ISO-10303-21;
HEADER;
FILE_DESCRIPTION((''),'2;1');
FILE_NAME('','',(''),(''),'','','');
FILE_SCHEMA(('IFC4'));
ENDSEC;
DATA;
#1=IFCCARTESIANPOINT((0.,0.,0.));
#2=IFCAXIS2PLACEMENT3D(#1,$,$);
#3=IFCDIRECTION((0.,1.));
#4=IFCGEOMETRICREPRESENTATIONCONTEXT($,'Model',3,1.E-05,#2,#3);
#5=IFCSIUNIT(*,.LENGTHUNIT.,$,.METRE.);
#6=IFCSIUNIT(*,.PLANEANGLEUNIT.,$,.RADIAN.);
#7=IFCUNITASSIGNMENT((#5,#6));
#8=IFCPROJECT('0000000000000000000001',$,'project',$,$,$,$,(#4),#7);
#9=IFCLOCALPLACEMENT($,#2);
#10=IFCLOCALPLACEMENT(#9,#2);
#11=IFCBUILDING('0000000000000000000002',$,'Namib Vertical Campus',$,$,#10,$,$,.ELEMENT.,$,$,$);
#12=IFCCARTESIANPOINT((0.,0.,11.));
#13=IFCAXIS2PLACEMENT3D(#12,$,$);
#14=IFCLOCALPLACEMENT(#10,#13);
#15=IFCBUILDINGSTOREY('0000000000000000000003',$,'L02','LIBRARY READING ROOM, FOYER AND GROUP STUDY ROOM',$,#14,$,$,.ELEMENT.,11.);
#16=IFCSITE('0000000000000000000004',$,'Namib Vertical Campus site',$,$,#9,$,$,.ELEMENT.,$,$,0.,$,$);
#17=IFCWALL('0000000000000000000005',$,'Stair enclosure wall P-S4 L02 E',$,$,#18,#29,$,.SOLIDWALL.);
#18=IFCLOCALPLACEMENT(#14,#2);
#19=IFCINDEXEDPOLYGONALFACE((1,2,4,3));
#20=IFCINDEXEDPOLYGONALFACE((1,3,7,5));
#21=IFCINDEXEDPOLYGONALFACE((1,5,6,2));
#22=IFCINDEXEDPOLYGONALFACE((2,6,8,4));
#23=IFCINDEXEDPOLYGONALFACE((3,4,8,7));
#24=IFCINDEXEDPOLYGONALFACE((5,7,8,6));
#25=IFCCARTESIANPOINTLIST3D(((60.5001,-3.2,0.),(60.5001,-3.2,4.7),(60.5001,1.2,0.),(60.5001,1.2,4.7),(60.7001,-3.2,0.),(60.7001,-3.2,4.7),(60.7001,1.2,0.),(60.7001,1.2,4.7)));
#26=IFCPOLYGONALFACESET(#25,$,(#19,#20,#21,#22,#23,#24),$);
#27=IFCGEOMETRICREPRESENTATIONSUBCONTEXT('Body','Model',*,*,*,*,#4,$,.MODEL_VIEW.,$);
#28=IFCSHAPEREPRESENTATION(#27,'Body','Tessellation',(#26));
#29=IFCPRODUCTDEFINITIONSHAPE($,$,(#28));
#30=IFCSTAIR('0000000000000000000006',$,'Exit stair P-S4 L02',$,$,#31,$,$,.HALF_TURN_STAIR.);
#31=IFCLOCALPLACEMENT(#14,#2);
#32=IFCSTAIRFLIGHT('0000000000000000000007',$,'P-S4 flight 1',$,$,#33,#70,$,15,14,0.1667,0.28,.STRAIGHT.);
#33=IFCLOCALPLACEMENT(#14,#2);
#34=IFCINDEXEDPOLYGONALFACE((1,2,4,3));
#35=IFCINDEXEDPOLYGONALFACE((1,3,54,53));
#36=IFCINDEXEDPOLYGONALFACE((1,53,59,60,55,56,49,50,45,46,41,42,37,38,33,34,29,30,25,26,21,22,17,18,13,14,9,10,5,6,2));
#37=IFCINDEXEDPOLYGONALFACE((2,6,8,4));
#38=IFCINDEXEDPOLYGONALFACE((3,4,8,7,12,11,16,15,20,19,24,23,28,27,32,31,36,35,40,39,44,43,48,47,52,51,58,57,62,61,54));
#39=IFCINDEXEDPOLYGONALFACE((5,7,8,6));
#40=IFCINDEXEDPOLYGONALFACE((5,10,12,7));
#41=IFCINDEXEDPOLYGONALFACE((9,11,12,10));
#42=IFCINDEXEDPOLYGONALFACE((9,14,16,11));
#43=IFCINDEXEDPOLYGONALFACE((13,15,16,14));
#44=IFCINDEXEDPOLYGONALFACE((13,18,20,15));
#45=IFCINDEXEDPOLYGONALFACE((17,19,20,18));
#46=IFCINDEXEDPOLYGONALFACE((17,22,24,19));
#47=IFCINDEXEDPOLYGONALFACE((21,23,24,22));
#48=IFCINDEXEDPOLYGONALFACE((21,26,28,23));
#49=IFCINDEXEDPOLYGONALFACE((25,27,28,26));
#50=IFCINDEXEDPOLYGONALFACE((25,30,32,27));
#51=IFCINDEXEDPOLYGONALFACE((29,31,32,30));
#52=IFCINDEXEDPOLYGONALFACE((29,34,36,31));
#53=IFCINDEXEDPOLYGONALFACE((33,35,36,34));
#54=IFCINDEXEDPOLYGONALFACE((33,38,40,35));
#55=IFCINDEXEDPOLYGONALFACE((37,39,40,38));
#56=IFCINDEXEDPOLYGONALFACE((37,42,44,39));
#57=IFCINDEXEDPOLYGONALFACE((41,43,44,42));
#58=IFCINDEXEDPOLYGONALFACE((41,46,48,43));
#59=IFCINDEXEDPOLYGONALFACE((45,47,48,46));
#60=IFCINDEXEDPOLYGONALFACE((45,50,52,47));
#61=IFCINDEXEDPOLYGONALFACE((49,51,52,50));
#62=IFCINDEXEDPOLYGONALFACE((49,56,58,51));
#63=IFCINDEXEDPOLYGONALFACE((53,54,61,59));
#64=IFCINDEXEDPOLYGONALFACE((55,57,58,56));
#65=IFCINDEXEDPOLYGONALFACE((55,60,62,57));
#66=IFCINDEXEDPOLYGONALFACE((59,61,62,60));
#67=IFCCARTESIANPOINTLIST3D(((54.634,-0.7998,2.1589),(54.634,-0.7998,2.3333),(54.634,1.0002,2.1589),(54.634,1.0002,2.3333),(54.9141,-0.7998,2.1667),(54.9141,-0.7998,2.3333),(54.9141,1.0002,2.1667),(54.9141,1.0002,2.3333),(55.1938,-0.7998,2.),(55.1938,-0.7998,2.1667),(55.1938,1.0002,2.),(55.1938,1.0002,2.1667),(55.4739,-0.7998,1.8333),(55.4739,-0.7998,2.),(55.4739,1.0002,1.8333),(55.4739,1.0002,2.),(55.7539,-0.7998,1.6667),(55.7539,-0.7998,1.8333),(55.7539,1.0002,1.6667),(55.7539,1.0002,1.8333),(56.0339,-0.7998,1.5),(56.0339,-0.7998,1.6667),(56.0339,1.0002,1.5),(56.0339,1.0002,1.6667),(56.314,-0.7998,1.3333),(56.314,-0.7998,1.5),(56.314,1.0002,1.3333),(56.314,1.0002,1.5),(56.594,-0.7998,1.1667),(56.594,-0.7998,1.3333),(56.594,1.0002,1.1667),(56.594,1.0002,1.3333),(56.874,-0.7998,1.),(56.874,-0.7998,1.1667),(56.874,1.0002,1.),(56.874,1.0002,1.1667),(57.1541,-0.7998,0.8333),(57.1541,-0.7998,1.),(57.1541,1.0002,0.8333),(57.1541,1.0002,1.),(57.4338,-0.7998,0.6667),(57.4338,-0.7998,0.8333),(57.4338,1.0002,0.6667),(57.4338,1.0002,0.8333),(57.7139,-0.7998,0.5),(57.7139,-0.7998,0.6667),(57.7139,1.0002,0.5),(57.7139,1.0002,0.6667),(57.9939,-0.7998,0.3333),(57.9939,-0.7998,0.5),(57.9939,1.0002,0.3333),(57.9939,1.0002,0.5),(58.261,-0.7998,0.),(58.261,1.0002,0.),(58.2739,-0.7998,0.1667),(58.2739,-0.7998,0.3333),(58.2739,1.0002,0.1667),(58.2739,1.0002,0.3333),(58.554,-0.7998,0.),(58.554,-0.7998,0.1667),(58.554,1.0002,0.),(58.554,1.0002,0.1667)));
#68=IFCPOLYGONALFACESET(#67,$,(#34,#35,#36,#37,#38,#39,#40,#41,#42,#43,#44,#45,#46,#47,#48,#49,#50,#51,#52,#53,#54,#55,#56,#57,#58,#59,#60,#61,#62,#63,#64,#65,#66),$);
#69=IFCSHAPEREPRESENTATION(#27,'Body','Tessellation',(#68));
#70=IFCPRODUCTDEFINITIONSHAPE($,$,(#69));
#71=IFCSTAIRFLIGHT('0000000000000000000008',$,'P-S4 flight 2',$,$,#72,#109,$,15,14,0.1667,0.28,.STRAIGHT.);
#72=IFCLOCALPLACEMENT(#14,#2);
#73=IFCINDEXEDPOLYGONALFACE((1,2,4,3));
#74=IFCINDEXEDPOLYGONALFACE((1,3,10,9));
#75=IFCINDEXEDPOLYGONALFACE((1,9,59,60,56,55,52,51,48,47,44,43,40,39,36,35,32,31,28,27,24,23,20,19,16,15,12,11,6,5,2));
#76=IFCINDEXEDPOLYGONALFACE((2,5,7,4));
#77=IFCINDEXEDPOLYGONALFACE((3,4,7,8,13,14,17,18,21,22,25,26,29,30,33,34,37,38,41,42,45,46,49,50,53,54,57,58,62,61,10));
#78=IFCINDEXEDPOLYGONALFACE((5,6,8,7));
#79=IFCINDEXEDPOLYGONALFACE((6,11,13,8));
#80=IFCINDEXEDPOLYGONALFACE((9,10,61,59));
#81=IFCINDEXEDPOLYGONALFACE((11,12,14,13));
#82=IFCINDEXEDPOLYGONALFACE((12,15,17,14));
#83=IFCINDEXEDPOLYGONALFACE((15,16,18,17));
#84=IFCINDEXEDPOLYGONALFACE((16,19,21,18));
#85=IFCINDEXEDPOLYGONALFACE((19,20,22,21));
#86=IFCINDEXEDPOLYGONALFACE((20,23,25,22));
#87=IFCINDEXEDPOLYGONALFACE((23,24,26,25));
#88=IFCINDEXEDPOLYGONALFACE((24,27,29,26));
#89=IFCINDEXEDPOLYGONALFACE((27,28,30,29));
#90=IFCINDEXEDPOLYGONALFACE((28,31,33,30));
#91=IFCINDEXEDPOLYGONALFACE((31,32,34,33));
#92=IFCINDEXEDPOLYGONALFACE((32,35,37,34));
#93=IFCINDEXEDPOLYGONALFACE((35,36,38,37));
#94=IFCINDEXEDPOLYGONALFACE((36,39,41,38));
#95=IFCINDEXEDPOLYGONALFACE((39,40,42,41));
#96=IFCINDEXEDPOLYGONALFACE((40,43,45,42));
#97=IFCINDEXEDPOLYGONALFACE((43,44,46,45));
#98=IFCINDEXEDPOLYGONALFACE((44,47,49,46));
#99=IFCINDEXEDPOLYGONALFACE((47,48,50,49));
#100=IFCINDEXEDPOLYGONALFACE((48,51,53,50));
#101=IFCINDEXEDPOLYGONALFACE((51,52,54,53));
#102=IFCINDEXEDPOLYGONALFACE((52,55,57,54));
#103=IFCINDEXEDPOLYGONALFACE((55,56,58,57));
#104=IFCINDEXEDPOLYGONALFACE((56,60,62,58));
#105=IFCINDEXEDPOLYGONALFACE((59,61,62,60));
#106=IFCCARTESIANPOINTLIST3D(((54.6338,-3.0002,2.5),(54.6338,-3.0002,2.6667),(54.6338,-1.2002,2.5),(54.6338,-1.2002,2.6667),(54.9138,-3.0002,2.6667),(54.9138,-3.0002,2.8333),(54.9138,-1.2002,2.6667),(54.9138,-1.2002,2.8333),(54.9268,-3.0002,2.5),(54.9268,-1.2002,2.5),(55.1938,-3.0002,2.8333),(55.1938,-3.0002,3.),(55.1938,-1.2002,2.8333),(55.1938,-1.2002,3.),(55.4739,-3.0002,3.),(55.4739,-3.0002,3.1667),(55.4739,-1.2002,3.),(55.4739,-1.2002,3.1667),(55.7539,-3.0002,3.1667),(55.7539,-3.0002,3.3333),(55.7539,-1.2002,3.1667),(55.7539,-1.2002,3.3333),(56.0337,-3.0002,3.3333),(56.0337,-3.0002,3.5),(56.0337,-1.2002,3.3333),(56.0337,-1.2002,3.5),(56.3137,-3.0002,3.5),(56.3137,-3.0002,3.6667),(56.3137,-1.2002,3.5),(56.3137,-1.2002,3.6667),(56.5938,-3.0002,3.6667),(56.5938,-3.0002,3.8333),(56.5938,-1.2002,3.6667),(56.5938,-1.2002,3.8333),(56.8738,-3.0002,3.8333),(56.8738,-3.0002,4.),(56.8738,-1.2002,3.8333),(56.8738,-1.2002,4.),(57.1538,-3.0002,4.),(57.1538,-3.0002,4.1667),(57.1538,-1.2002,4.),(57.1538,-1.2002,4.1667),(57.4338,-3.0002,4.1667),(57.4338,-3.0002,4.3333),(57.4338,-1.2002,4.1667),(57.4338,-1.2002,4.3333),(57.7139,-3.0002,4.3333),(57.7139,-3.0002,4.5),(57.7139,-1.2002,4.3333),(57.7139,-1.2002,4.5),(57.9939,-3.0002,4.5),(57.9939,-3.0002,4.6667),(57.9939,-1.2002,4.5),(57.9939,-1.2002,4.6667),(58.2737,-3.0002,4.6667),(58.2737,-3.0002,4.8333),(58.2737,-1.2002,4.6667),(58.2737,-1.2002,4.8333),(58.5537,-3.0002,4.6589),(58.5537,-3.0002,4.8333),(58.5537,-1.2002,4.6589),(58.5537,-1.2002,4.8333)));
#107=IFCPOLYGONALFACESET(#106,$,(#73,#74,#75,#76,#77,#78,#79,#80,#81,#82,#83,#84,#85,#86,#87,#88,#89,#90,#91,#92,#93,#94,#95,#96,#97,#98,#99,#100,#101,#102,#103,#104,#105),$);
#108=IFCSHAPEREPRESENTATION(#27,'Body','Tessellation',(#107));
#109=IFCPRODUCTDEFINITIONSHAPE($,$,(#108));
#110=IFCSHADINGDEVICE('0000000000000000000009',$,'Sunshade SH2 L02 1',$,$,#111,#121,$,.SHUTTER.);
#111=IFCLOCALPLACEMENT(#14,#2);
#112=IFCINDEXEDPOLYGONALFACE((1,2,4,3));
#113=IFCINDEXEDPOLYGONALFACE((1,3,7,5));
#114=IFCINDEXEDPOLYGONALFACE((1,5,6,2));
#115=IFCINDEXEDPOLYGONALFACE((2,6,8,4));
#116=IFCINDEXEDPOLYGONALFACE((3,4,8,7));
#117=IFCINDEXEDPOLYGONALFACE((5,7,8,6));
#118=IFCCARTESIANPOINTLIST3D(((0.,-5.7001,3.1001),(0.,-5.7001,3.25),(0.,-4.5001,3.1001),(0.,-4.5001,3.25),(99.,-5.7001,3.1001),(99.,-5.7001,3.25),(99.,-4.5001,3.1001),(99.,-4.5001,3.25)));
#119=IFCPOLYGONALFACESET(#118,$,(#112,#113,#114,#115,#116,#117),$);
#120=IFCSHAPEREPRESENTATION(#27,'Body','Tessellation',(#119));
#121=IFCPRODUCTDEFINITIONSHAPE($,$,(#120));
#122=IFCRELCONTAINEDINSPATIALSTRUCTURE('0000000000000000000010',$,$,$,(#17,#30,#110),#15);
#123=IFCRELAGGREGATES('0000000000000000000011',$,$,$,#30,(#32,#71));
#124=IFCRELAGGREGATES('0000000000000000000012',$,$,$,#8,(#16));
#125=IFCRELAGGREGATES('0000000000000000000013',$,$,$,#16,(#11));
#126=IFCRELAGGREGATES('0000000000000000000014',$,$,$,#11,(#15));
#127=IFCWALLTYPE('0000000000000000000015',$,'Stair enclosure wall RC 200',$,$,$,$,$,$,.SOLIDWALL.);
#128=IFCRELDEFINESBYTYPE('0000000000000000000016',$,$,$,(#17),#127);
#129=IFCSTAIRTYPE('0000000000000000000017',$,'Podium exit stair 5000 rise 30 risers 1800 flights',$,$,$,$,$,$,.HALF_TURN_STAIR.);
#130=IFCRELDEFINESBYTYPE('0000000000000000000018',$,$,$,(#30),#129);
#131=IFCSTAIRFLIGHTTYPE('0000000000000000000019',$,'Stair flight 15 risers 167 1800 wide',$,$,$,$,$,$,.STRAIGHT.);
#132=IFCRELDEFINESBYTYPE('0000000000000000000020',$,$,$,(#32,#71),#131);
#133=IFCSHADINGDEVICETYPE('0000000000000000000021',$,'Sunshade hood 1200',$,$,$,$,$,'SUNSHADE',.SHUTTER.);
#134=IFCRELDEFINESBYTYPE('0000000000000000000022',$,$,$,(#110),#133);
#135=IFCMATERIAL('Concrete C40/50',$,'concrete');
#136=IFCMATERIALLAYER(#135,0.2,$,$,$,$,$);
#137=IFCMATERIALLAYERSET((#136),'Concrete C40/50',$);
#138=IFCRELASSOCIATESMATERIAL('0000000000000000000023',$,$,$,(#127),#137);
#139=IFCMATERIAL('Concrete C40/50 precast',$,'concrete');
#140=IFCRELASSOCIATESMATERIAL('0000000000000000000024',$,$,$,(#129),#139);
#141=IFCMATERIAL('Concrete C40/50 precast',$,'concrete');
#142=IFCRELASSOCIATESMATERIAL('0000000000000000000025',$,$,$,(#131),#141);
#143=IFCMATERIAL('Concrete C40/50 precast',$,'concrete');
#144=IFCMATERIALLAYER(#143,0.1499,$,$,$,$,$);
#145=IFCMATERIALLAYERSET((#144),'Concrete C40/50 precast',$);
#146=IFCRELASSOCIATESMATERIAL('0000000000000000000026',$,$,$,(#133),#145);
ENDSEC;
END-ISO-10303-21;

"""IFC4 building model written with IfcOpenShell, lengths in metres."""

from ifc_helpers import new_model, si_unit, direction, frame, frame_2d, origin, origin_2d, place, context, subcontext, project, spatial, polyline, rectangle, outline, extrude, material, layer, layer_set, type_object, element, aggregate, save


model = new_model("IFC4")

# Units and contexts
model_context = context("Model", 3, precision=1e-05, world=origin(), true_north=direction((0.0, 1.0)))
body_context = subcontext(model_context, "Body", "Model", "MODEL_VIEW")
ifc_project = project(units=[si_unit("LENGTHUNIT", "METRE"), si_unit("PLANEANGLEUNIT", "RADIAN")], contexts=[model_context])

# Site, building, storey
site_placement = place(None, origin())
site = spatial("IfcSite", under=ifc_project, at=site_placement, Name="Namib Vertical Campus site", CompositionType="ELEMENT", RefElevation=0.0)
building_placement = place(site_placement, origin())
building = spatial("IfcBuilding", under=site, at=building_placement, Name="Namib Vertical Campus", CompositionType="ELEMENT")
storey_placement = place(building_placement, frame((0.0, 0.0, 11.0)))
storey = spatial("IfcBuildingStorey", under=building, at=storey_placement, Name="L02", Description="LIBRARY READING ROOM, FOYER AND GROUP STUDY ROOM", CompositionType="ELEMENT", Elevation=11.0)

# Shared definitions
ifc_material_1 = material(Name="Concrete C40/50", Category="concrete")
ifc_layer_1 = layer(ifc_material_1, 0.2)
ifc_layer_set_1 = layer_set([ifc_layer_1], Name="Concrete C40/50")
wall_type_1 = type_object("IfcWallType", Name="Stair enclosure wall RC 200", PredefinedType="SOLIDWALL", material=ifc_layer_set_1)

# Wall
for number, where, z_axis, x_axis, name in (
    (1, (60.6001, -3.2, 0.0), (0.0, 0.0, 1.0), (0.0, 1.0, 0.0), "Stair enclosure wall P-S4 L02 E"),
):
    element("IfcWall", number, at=place(storey_placement, frame(where, z_axis=z_axis, x_axis=x_axis)), inside=storey, type_object=wall_type_1, Name=name, PredefinedType="SOLIDWALL", context=body_context, shape_type="SweptSolid", body=[
        extrude(rectangle(XDim=4.3999, YDim=0.2, at=frame_2d((2.2, 0.0))), origin(), (0.0, 0.0, 1.0), 4.7),
    ])

# Stair, stair flights
ifc_material_2 = material(Name="Concrete C40/50 precast", Category="concrete")
stair_type = type_object("IfcStairType", Name="Podium exit stair 5000 rise 30 risers 1800 flights", PredefinedType="HALF_TURN_STAIR", material=ifc_material_2)
stair_placement = place(storey_placement, origin())
stair = element("IfcStair", 2, at=stair_placement, inside=storey, type_object=stair_type, Name="Exit stair P-S4 L02", PredefinedType="HALF_TURN_STAIR")
ifc_material_3 = material(Name="Concrete C40/50 precast", Category="concrete")
stair_flight_type = type_object("IfcStairFlightType", Name="Stair flight 15 risers 167 1800 wide", PredefinedType="STRAIGHT", material=ifc_material_3)
stair_flight_1_placement = place(storey_placement, frame((58.554, 0.1001, 0.0), z_axis=(0.0, 0.0, 1.0), x_axis=(-1.0, 0.0, 0.0)))
stair_flight_1 = element("IfcStairFlight", 3, at=stair_flight_1_placement, type_object=stair_flight_type, Name="P-S4 flight 1", NumberOfRisers=15, NumberOfTreads=14, PredefinedType="STRAIGHT", RiserHeight=0.1667, TreadLength=0.28, context=body_context, shape_type="SweptSolid", body=[
    extrude(outline(polyline([(0.0, 0.0), (0.0, 0.1667), (0.28, 0.1667), (0.28, 0.3333), (0.5601, 0.3333), (0.5601, 0.5), (0.8401, 0.5), (0.8401, 0.6667), (1.1201, 0.6667), (1.1201, 0.8333), (1.3999, 0.8333), (1.3999, 1.0), (1.6799, 1.0), (1.6799, 1.1667), (1.96, 1.1667), (1.96, 1.3333), (2.24, 1.3333), (2.24, 1.5), (2.52, 1.5), (2.52, 1.6667), (2.8, 1.6667), (2.8, 1.8333), (3.0801, 1.8333), (3.0801, 2.0), (3.3601, 2.0), (3.3601, 2.1667), (3.6399, 2.1667), (3.6399, 2.3333), (3.9199, 2.3333), (3.9199, 2.5), (3.9199, 2.1589), (0.293, 0.0), (0.0, 0.0)])), frame((0.0, 0.8999, 0.0), z_axis=(0.0, -1.0, 0.0), x_axis=(1.0, 0.0, 0.0)), (0.0, 0.0, 1.0), 1.8),
])
stair_flight_2_placement = place(storey_placement, frame((54.6338, -2.1001, 2.5), z_axis=(0.0, 0.0, 1.0), x_axis=(1.0, 0.0, 0.0)))
stair_flight_2 = element("IfcStairFlight", 4, at=stair_flight_2_placement, type_object=stair_flight_type, Name="P-S4 flight 2", NumberOfRisers=15, NumberOfTreads=14, PredefinedType="STRAIGHT", RiserHeight=0.1667, TreadLength=0.28, context=body_context, shape_type="SweptSolid", body=[
    extrude(outline(polyline([(0.0, 0.0), (0.0, 0.1667), (0.28, 0.1667), (0.28, 0.3333), (0.5601, 0.3333), (0.5601, 0.5), (0.8401, 0.5), (0.8401, 0.6667), (1.1201, 0.6667), (1.1201, 0.8333), (1.3999, 0.8333), (1.3999, 1.0), (1.6799, 1.0), (1.6799, 1.1667), (1.96, 1.1667), (1.96, 1.3333), (2.24, 1.3333), (2.24, 1.5), (2.52, 1.5), (2.52, 1.6667), (2.8, 1.6667), (2.8, 1.8333), (3.0801, 1.8333), (3.0801, 2.0), (3.3601, 2.0), (3.3601, 2.1667), (3.6399, 2.1667), (3.6399, 2.3333), (3.9199, 2.3333), (3.9199, 2.5), (3.9199, 2.1589), (0.293, 0.0), (0.0, 0.0)])), frame((0.0, 0.8999, 0.0), z_axis=(0.0, -1.0, 0.0), x_axis=(1.0, 0.0, 0.0)), (0.0, 0.0, 1.0), 1.8),
])
aggregate(stair, [stair_flight_1, stair_flight_2])

# Shading device
ifc_material_4 = material(Name="Concrete C40/50 precast", Category="concrete")
ifc_layer_2 = layer(ifc_material_4, 0.1499)
ifc_layer_set_2 = layer_set([ifc_layer_2], Name="Concrete C40/50 precast")
shading_device_type = type_object("IfcShadingDeviceType", Name="Sunshade hood 1200", ElementType="SUNSHADE", PredefinedType="SHUTTER", material=ifc_layer_set_2)
shading_device_placement = place(storey_placement, frame((49.5, -5.1001, 3.1001), z_axis=(0.0, 0.0, 1.0), x_axis=(1.0, 0.0, 0.0)))
element("IfcShadingDevice", 5, at=shading_device_placement, inside=storey, type_object=shading_device_type, Name="Sunshade SH2 L02 1", PredefinedType="SHUTTER", context=body_context, shape_type="SweptSolid", body=[
    extrude(rectangle(XDim=99.0, YDim=1.2, at=origin_2d()), origin(), (0.0, 0.0, 1.0), 0.1499),
])

save(model, "model.ifc")
